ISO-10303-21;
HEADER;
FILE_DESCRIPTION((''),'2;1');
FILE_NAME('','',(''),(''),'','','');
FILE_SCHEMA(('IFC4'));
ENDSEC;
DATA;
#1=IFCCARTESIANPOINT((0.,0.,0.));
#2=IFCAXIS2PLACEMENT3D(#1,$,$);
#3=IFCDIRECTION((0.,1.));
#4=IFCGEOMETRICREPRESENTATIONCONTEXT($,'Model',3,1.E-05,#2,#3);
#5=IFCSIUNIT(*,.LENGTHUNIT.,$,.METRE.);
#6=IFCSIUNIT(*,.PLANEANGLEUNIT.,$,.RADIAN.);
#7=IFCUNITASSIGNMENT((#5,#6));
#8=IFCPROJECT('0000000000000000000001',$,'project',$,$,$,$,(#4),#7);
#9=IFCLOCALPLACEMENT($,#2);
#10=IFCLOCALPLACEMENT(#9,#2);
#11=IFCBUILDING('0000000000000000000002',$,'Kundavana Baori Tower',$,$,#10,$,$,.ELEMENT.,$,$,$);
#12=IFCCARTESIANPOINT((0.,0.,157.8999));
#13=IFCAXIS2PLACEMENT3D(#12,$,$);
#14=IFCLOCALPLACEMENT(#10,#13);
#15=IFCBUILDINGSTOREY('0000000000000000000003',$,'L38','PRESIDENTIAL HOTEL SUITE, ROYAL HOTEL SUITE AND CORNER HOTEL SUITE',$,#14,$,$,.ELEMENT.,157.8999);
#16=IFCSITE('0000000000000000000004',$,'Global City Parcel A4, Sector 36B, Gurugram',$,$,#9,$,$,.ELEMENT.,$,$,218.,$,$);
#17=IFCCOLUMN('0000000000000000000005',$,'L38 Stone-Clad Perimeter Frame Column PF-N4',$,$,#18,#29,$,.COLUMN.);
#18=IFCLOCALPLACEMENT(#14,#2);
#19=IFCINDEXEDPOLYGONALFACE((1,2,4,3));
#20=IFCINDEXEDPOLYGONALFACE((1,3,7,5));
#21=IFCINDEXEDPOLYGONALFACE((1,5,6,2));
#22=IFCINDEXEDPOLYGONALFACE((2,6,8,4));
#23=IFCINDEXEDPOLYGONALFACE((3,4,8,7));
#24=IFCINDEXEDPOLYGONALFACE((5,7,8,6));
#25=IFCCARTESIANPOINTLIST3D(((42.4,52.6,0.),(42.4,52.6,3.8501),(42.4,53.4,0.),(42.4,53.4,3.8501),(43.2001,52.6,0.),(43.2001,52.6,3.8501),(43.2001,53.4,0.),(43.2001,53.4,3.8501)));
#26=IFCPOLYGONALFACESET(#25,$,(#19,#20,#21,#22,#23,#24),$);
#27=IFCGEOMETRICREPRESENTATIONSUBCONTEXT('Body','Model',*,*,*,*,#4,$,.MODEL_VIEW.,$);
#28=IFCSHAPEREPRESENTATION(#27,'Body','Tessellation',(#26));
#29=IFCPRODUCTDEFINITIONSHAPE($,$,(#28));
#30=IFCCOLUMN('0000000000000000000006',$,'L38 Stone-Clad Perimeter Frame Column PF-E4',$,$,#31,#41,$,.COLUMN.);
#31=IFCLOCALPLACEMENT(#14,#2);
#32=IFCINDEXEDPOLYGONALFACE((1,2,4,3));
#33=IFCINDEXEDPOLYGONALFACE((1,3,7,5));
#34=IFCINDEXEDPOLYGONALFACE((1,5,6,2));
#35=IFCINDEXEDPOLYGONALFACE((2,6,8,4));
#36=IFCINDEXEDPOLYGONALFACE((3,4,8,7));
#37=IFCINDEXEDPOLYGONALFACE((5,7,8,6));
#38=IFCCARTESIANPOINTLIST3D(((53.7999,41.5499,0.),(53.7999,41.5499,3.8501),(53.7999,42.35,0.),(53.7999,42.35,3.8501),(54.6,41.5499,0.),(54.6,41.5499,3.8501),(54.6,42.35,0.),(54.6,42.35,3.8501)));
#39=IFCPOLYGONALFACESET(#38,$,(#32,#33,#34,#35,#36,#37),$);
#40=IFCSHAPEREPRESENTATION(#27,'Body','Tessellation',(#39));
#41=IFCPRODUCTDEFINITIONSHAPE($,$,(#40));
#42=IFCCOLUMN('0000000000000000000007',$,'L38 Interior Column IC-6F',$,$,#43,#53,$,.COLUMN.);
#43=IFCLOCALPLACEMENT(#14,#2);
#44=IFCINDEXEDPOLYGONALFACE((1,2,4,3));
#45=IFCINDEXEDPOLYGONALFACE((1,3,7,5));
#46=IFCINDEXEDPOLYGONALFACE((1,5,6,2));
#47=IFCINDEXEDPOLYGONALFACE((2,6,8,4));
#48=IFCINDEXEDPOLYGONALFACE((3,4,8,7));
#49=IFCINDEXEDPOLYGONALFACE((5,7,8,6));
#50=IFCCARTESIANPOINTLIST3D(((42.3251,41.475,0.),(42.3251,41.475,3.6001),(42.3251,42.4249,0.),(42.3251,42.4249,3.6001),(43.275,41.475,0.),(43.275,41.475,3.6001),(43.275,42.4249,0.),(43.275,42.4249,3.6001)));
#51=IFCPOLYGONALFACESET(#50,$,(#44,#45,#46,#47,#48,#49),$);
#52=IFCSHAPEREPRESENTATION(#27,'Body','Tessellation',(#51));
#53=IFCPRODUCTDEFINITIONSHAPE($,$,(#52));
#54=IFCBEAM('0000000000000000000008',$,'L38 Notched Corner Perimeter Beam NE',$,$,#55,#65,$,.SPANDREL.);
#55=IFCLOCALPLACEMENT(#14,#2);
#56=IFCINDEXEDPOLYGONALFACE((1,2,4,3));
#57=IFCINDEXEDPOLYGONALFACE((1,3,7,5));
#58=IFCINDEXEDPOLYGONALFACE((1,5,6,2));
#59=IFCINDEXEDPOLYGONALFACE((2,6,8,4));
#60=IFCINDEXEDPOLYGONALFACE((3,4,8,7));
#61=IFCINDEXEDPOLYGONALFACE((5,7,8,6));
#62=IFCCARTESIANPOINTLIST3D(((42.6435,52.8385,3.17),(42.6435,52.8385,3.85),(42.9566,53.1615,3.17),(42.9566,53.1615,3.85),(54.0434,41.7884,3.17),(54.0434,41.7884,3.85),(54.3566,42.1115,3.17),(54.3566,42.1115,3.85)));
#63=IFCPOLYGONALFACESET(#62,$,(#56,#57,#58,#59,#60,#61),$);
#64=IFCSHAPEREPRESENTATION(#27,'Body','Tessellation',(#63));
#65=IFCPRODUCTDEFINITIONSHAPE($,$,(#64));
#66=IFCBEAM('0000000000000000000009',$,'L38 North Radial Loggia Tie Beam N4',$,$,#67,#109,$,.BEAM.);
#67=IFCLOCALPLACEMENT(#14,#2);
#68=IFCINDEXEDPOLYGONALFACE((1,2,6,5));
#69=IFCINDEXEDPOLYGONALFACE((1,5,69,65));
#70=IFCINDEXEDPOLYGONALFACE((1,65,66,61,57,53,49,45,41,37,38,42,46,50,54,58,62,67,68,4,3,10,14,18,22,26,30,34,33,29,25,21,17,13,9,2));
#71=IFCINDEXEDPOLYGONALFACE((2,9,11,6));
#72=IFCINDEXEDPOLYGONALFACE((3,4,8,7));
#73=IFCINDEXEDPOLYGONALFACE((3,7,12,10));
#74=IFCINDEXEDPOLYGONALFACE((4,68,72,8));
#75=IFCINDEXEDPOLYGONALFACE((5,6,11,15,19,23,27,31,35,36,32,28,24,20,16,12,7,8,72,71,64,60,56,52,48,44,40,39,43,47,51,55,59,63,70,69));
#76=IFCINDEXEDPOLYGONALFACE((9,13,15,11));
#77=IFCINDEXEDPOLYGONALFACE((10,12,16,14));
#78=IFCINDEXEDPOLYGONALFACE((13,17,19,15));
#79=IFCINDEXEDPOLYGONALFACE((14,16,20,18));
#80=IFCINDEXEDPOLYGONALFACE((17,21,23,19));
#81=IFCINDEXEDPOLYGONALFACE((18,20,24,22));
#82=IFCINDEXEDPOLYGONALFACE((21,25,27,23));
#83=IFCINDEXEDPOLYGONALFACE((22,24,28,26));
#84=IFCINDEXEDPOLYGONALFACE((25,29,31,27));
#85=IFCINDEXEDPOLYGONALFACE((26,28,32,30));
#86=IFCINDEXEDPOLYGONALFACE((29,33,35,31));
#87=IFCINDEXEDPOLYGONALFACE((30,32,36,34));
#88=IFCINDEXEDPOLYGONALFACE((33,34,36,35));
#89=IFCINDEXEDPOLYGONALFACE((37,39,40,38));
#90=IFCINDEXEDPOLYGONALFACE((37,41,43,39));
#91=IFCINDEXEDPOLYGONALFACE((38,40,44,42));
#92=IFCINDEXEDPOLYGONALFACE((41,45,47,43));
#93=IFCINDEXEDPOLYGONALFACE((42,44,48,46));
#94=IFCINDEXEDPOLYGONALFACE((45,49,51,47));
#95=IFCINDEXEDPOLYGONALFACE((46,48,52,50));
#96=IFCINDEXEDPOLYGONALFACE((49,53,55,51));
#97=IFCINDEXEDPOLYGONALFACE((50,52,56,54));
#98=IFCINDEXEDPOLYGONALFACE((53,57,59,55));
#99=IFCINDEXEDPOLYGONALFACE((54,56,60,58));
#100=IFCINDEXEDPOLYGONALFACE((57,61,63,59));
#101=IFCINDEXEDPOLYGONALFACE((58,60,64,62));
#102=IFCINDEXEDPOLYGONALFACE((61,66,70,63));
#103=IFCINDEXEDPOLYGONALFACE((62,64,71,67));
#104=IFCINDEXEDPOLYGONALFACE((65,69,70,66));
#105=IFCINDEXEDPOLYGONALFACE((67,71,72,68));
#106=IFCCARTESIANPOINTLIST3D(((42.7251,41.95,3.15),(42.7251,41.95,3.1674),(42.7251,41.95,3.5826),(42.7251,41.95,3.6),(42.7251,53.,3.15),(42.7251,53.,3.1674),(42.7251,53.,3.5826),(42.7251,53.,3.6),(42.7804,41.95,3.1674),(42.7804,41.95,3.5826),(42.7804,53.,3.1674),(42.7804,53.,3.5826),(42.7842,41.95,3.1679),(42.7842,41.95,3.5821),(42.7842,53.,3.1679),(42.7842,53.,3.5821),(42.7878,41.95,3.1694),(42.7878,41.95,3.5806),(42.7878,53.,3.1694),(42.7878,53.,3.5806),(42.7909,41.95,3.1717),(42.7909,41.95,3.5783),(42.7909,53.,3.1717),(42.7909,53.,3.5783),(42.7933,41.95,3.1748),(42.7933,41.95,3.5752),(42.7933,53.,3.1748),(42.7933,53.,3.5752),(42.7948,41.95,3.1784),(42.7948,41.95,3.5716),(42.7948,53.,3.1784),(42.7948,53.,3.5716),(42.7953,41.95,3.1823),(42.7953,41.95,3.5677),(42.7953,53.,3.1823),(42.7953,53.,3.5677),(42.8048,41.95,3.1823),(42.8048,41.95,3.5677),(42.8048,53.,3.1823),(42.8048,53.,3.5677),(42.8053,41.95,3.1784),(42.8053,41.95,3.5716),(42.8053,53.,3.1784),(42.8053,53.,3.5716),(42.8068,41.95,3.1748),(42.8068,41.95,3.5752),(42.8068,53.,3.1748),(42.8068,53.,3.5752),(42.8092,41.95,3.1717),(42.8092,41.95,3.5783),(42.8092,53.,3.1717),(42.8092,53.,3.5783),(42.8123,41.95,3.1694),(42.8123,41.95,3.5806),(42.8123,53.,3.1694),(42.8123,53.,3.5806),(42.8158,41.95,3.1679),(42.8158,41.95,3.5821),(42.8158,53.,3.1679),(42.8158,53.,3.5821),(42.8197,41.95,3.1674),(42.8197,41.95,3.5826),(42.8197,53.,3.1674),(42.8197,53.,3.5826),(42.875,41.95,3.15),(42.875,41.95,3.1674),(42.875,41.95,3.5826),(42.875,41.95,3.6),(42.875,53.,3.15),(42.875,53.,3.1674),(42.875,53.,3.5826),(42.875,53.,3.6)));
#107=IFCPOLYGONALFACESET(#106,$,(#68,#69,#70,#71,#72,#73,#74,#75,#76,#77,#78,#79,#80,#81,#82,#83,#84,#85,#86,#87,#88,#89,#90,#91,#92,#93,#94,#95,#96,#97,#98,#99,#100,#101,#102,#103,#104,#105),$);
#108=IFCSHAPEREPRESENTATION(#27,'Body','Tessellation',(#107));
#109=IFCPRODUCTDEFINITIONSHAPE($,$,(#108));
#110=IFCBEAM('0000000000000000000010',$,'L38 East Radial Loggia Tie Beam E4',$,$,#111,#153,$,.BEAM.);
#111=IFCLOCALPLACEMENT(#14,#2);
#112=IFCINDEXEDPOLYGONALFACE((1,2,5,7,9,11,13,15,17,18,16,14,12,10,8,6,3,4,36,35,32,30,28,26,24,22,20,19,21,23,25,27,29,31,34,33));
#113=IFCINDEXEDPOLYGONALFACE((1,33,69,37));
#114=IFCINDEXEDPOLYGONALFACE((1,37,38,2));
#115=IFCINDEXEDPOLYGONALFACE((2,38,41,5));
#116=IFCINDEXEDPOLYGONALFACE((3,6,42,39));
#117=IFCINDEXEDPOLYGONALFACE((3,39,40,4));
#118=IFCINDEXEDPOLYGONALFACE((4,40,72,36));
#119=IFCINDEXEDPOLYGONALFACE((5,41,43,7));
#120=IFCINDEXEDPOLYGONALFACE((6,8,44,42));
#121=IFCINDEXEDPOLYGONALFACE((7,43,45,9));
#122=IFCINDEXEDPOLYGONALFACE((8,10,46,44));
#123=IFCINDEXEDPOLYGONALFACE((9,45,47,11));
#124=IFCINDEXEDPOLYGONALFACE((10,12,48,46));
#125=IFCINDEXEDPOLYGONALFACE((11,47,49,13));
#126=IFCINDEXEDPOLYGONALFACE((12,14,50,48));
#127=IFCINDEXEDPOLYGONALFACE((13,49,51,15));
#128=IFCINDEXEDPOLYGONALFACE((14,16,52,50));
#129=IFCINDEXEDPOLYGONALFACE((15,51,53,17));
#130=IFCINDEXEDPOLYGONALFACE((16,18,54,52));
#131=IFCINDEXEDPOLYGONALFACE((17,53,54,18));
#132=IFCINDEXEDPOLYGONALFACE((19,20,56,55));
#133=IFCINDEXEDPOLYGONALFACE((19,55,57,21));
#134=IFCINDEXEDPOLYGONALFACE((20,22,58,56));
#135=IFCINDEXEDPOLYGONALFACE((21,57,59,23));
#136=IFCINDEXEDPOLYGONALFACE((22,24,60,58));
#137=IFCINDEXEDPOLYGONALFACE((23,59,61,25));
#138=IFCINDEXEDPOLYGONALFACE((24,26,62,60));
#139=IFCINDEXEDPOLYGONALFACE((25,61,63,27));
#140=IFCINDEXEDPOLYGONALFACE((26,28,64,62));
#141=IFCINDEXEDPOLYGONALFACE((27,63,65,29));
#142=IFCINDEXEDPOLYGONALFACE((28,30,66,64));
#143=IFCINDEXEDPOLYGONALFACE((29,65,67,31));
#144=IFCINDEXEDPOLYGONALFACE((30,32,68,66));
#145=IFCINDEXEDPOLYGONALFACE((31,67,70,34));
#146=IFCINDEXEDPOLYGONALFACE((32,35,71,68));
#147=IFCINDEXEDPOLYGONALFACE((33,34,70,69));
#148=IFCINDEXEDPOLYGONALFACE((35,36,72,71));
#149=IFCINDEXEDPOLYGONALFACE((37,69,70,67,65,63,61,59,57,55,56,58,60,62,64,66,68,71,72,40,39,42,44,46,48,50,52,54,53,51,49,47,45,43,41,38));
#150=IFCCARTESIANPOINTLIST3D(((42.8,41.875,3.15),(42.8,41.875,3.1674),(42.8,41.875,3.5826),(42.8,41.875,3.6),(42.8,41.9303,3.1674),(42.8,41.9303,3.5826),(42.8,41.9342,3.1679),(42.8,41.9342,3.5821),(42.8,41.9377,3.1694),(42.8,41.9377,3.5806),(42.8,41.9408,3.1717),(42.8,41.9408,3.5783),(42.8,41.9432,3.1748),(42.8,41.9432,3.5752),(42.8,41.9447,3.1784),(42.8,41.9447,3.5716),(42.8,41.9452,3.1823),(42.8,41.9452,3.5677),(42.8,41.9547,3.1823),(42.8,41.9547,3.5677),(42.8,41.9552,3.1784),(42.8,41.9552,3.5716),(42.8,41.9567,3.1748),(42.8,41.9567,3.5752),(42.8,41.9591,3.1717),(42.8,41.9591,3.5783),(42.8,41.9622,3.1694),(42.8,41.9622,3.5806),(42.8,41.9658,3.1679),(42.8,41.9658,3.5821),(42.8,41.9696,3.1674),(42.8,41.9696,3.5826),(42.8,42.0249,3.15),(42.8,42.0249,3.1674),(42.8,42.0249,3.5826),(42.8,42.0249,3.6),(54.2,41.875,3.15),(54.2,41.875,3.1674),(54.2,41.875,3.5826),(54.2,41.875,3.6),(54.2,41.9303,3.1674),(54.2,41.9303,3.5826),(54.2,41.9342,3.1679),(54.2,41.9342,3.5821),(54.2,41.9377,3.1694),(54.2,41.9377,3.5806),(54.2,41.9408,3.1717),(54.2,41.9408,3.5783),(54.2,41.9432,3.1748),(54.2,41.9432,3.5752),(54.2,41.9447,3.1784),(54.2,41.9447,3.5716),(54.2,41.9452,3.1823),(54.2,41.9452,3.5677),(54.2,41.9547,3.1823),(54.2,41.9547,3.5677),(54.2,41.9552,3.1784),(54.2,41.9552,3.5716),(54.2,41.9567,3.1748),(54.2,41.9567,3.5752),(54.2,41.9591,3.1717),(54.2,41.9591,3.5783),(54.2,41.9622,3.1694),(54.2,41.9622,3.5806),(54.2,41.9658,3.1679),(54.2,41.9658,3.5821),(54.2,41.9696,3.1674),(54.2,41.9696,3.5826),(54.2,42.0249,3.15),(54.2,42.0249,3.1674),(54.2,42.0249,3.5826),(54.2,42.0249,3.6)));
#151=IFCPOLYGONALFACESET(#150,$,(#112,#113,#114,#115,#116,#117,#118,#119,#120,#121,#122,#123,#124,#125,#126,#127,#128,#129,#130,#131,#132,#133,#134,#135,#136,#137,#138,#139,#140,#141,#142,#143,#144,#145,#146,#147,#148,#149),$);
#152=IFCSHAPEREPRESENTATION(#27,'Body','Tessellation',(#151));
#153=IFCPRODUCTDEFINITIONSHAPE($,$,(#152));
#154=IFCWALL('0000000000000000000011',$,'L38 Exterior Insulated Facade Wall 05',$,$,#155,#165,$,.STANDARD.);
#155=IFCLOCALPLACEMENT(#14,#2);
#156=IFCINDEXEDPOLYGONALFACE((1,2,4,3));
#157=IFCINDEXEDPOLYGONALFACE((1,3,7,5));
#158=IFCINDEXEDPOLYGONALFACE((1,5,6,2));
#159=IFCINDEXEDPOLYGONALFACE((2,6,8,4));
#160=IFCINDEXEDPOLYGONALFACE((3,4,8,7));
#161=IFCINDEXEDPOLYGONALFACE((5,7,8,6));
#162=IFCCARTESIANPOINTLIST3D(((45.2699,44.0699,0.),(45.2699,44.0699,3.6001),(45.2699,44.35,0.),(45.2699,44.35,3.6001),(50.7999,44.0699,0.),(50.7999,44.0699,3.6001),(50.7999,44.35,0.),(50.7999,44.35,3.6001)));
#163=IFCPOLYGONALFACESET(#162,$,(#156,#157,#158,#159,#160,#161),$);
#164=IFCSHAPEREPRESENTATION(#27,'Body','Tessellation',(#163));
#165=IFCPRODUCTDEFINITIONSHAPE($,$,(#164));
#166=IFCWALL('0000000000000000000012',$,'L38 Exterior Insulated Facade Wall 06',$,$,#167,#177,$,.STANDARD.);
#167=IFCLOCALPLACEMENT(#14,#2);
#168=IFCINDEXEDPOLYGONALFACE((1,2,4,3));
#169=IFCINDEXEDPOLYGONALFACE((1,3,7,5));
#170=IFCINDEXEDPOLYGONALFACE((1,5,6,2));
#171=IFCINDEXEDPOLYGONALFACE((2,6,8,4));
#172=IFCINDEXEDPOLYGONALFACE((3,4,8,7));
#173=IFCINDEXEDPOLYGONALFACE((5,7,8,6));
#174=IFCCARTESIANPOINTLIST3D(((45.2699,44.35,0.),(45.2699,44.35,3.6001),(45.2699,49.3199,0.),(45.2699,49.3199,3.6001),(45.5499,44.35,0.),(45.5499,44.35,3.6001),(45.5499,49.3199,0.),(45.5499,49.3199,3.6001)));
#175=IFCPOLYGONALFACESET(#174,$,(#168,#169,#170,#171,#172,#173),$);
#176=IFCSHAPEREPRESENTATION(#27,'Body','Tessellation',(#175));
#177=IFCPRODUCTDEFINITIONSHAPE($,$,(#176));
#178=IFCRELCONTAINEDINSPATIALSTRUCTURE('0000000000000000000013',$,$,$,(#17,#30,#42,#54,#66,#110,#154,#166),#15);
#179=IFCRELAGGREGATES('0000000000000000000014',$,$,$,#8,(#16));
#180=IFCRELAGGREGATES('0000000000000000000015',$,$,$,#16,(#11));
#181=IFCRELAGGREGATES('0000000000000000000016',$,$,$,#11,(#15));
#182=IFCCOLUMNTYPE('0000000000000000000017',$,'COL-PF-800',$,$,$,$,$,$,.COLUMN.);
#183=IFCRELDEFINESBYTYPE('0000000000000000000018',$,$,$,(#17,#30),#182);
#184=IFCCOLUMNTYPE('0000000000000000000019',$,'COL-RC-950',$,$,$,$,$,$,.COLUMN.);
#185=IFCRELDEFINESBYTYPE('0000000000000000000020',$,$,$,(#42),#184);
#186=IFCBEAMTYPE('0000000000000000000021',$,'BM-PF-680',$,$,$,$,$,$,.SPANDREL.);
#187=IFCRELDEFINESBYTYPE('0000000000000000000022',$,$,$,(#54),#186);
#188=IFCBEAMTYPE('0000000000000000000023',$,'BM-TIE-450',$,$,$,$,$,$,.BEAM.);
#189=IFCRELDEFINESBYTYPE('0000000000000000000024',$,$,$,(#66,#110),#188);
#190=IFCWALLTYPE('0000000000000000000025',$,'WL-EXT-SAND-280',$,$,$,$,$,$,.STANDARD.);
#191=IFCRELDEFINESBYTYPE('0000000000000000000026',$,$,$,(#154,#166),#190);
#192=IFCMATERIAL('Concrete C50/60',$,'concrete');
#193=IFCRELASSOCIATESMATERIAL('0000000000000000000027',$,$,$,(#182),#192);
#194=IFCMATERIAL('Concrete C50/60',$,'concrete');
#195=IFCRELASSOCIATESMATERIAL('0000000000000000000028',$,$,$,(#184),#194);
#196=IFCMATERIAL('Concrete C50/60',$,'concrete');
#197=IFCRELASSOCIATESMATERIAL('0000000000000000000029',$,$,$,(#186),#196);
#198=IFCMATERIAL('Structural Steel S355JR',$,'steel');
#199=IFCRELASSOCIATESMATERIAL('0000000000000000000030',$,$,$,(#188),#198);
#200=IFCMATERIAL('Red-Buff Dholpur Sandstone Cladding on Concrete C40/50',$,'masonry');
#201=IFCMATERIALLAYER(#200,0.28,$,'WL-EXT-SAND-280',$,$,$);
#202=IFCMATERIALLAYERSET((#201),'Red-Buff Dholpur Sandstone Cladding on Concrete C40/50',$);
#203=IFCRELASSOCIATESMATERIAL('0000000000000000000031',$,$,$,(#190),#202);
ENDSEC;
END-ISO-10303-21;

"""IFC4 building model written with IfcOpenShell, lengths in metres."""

from ifc_helpers import new_model, si_unit, direction, frame, frame_2d, origin, origin_2d, place, context, subcontext, project, spatial, rectangle, i_section, extrude, material, layer, layer_set, material_profile, profile_set, type_object, element, save


model = new_model("IFC4")

# Units and contexts
model_context = context("Model", 3, precision=1e-05, world=origin(), true_north=direction((0.0, 1.0)))
body_context = subcontext(model_context, "Body", "Model", "MODEL_VIEW")
ifc_project = project(units=[si_unit("LENGTHUNIT", "METRE"), si_unit("PLANEANGLEUNIT", "RADIAN")], contexts=[model_context])

# Site, building, storey
site_placement = place(None, origin())
site = spatial("IfcSite", under=ifc_project, at=site_placement, Name="Global City Parcel A4, Sector 36B, Gurugram", CompositionType="ELEMENT", RefElevation=218.0)
building_placement = place(site_placement, origin())
building = spatial("IfcBuilding", under=site, at=building_placement, Name="Kundavana Baori Tower", CompositionType="ELEMENT")
storey_placement = place(building_placement, frame((0.0, 0.0, 157.8999)))
storey = spatial("IfcBuildingStorey", under=building, at=storey_placement, Name="L38", Description="PRESIDENTIAL HOTEL SUITE, ROYAL HOTEL SUITE AND CORNER HOTEL SUITE", CompositionType="ELEMENT", Elevation=157.8999)

# Columns
ifc_material_1 = material(Name="Concrete C50/60", Category="concrete")
ifc_material_profile_1 = material_profile(ifc_material_1, rectangle(XDim=0.8, YDim=0.8, at=origin_2d()), Name="RC PF 800x800")
ifc_profile_set_1 = profile_set([ifc_material_profile_1], Name="Concrete C50/60")
column_type_1 = type_object("IfcColumnType", Name="COL-PF-800", PredefinedType="COLUMN", material=ifc_profile_set_1)
for number, where, z_axis, x_axis, name in (
    (1, (42.8, 53.0, 0.0), (0.0, 0.0, 1.0), (1.0, 0.0, 0.0), "L38 Stone-Clad Perimeter Frame Column PF-N4"),
    (2, (54.2, 41.95, 0.0), (0.0, 0.0, 1.0), (1.0, 0.0, 0.0), "L38 Stone-Clad Perimeter Frame Column PF-E4"),
):
    element("IfcColumn", number, at=place(storey_placement, frame(where, z_axis=z_axis, x_axis=x_axis)), inside=storey, type_object=column_type_1, Name=name, PredefinedType="COLUMN", context=body_context, shape_type="SweptSolid", body=[
        extrude(rectangle(XDim=0.8, YDim=0.8, at=origin_2d()), origin(), (0.0, 0.0, 1.0), 3.8501),
    ])
ifc_material_2 = material(Name="Concrete C50/60", Category="concrete")
ifc_material_profile_2 = material_profile(ifc_material_2, rectangle(XDim=0.95, YDim=0.95, at=origin_2d()), Name="RC 950x950")
ifc_profile_set_2 = profile_set([ifc_material_profile_2], Name="Concrete C50/60")
column_type_2 = type_object("IfcColumnType", Name="COL-RC-950", PredefinedType="COLUMN", material=ifc_profile_set_2)
column_placement = place(storey_placement, frame((42.8, 41.95, 0.0), z_axis=(0.0, 0.0, 1.0), x_axis=(1.0, 0.0, 0.0)))
element("IfcColumn", 3, at=column_placement, inside=storey, type_object=column_type_2, Name="L38 Interior Column IC-6F", PredefinedType="COLUMN", context=body_context, shape_type="SweptSolid", body=[
    extrude(rectangle(XDim=0.95, YDim=0.95, at=origin_2d()), origin(), (0.0, 0.0, 1.0), 3.6001),
])

# Beams
ifc_material_3 = material(Name="Concrete C50/60", Category="concrete")
ifc_material_profile_3 = material_profile(ifc_material_3, rectangle(XDim=0.45, YDim=0.6799, at=origin_2d()), Name="RC BM 450x680")
ifc_profile_set_3 = profile_set([ifc_material_profile_3], Name="Concrete C50/60")
beam_type_1 = type_object("IfcBeamType", Name="BM-PF-680", PredefinedType="SPANDREL", material=ifc_profile_set_3)
beam_1_placement = place(storey_placement, frame((42.8, 53.0, 3.51), z_axis=(0.718039, -0.696003, 0.0), x_axis=(0.696003, 0.718039, 0.0)))
element("IfcBeam", 4, at=beam_1_placement, inside=storey, type_object=beam_type_1, Name="L38 Notched Corner Perimeter Beam NE", PredefinedType="SPANDREL", context=body_context, shape_type="SweptSolid", body=[
    extrude(rectangle(XDim=0.45, YDim=0.6799, at=origin_2d()), origin(), (0.0, 0.0, 1.0), 15.8765),
])
ifc_material_4 = material(Name="Structural Steel S355JR", Category="steel")
ifc_material_profile_4 = material_profile(ifc_material_4, i_section(OverallWidth=0.1499, OverallDepth=0.45, WebThickness=0.0095, FlangeThickness=0.0173, FilletRadius=0.0149, at=origin_2d()), Name="ISMB 450")
ifc_profile_set_4 = profile_set([ifc_material_profile_4], Name="Structural Steel S355JR")
beam_type_2 = type_object("IfcBeamType", Name="BM-TIE-450", PredefinedType="BEAM", material=ifc_profile_set_4)
beam_2_placement = place(storey_placement, frame((42.8, 41.95, 3.375), z_axis=(0.0, 1.0, 0.0), x_axis=(-1.0, 0.0, 0.0)))
element("IfcBeam", 5, at=beam_2_placement, inside=storey, type_object=beam_type_2, Name="L38 North Radial Loggia Tie Beam N4", PredefinedType="BEAM", context=body_context, shape_type="SweptSolid", body=[
    extrude(i_section(OverallWidth=0.1499, OverallDepth=0.45, WebThickness=0.0095, FlangeThickness=0.0173, FilletRadius=0.0149, at=origin_2d()), origin(), (0.0, 0.0, 1.0), 11.05),
])
beam_3_placement = place(storey_placement, frame((42.8, 41.95, 3.375), z_axis=(1.0, 0.0, 0.0), x_axis=(0.0, 1.0, 0.0)))
element("IfcBeam", 6, at=beam_3_placement, inside=storey, type_object=beam_type_2, Name="L38 East Radial Loggia Tie Beam E4", PredefinedType="BEAM", context=body_context, shape_type="SweptSolid", body=[
    extrude(i_section(OverallWidth=0.1499, OverallDepth=0.45, WebThickness=0.0095, FlangeThickness=0.0173, FilletRadius=0.0149, at=origin_2d()), origin(), (0.0, 0.0, 1.0), 11.3999),
])

# Walls
ifc_material_5 = material(Name="Red-Buff Dholpur Sandstone Cladding on Concrete C40/50", Category="masonry")
ifc_layer_1 = layer(ifc_material_5, 0.28, Name="WL-EXT-SAND-280")
ifc_layer_set_1 = layer_set([ifc_layer_1], Name="Red-Buff Dholpur Sandstone Cladding on Concrete C40/50")
wall_type_1 = type_object("IfcWallType", Name="WL-EXT-SAND-280", PredefinedType="STANDARD", material=ifc_layer_set_1)
wall_1_placement = place(storey_placement, frame((50.8, 44.21, 0.0), z_axis=(0.0, 0.0, 1.0), x_axis=(-1.0, 0.0, 0.0)))
element("IfcWall", 7, at=wall_1_placement, inside=storey, type_object=wall_type_1, Name="L38 Exterior Insulated Facade Wall 05", PredefinedType="STANDARD", context=body_context, shape_type="SweptSolid", body=[
    extrude(rectangle(XDim=5.53, YDim=0.28, at=frame_2d((2.7651, 0.0))), origin(), (0.0, 0.0, 1.0), 3.6001),
])
wall_2_placement = place(storey_placement, frame((45.4099, 44.3501, 0.0), z_axis=(0.0, 0.0, 1.0), x_axis=(0.0, 1.0, 0.0)))
element("IfcWall", 8, at=wall_2_placement, inside=storey, type_object=wall_type_1, Name="L38 Exterior Insulated Facade Wall 06", PredefinedType="STANDARD", context=body_context, shape_type="SweptSolid", body=[
    extrude(rectangle(XDim=4.97, YDim=0.28, at=frame_2d((2.4849, 0.0))), origin(), (0.0, 0.0, 1.0), 3.6001),
])

save(model, "model.ifc")
